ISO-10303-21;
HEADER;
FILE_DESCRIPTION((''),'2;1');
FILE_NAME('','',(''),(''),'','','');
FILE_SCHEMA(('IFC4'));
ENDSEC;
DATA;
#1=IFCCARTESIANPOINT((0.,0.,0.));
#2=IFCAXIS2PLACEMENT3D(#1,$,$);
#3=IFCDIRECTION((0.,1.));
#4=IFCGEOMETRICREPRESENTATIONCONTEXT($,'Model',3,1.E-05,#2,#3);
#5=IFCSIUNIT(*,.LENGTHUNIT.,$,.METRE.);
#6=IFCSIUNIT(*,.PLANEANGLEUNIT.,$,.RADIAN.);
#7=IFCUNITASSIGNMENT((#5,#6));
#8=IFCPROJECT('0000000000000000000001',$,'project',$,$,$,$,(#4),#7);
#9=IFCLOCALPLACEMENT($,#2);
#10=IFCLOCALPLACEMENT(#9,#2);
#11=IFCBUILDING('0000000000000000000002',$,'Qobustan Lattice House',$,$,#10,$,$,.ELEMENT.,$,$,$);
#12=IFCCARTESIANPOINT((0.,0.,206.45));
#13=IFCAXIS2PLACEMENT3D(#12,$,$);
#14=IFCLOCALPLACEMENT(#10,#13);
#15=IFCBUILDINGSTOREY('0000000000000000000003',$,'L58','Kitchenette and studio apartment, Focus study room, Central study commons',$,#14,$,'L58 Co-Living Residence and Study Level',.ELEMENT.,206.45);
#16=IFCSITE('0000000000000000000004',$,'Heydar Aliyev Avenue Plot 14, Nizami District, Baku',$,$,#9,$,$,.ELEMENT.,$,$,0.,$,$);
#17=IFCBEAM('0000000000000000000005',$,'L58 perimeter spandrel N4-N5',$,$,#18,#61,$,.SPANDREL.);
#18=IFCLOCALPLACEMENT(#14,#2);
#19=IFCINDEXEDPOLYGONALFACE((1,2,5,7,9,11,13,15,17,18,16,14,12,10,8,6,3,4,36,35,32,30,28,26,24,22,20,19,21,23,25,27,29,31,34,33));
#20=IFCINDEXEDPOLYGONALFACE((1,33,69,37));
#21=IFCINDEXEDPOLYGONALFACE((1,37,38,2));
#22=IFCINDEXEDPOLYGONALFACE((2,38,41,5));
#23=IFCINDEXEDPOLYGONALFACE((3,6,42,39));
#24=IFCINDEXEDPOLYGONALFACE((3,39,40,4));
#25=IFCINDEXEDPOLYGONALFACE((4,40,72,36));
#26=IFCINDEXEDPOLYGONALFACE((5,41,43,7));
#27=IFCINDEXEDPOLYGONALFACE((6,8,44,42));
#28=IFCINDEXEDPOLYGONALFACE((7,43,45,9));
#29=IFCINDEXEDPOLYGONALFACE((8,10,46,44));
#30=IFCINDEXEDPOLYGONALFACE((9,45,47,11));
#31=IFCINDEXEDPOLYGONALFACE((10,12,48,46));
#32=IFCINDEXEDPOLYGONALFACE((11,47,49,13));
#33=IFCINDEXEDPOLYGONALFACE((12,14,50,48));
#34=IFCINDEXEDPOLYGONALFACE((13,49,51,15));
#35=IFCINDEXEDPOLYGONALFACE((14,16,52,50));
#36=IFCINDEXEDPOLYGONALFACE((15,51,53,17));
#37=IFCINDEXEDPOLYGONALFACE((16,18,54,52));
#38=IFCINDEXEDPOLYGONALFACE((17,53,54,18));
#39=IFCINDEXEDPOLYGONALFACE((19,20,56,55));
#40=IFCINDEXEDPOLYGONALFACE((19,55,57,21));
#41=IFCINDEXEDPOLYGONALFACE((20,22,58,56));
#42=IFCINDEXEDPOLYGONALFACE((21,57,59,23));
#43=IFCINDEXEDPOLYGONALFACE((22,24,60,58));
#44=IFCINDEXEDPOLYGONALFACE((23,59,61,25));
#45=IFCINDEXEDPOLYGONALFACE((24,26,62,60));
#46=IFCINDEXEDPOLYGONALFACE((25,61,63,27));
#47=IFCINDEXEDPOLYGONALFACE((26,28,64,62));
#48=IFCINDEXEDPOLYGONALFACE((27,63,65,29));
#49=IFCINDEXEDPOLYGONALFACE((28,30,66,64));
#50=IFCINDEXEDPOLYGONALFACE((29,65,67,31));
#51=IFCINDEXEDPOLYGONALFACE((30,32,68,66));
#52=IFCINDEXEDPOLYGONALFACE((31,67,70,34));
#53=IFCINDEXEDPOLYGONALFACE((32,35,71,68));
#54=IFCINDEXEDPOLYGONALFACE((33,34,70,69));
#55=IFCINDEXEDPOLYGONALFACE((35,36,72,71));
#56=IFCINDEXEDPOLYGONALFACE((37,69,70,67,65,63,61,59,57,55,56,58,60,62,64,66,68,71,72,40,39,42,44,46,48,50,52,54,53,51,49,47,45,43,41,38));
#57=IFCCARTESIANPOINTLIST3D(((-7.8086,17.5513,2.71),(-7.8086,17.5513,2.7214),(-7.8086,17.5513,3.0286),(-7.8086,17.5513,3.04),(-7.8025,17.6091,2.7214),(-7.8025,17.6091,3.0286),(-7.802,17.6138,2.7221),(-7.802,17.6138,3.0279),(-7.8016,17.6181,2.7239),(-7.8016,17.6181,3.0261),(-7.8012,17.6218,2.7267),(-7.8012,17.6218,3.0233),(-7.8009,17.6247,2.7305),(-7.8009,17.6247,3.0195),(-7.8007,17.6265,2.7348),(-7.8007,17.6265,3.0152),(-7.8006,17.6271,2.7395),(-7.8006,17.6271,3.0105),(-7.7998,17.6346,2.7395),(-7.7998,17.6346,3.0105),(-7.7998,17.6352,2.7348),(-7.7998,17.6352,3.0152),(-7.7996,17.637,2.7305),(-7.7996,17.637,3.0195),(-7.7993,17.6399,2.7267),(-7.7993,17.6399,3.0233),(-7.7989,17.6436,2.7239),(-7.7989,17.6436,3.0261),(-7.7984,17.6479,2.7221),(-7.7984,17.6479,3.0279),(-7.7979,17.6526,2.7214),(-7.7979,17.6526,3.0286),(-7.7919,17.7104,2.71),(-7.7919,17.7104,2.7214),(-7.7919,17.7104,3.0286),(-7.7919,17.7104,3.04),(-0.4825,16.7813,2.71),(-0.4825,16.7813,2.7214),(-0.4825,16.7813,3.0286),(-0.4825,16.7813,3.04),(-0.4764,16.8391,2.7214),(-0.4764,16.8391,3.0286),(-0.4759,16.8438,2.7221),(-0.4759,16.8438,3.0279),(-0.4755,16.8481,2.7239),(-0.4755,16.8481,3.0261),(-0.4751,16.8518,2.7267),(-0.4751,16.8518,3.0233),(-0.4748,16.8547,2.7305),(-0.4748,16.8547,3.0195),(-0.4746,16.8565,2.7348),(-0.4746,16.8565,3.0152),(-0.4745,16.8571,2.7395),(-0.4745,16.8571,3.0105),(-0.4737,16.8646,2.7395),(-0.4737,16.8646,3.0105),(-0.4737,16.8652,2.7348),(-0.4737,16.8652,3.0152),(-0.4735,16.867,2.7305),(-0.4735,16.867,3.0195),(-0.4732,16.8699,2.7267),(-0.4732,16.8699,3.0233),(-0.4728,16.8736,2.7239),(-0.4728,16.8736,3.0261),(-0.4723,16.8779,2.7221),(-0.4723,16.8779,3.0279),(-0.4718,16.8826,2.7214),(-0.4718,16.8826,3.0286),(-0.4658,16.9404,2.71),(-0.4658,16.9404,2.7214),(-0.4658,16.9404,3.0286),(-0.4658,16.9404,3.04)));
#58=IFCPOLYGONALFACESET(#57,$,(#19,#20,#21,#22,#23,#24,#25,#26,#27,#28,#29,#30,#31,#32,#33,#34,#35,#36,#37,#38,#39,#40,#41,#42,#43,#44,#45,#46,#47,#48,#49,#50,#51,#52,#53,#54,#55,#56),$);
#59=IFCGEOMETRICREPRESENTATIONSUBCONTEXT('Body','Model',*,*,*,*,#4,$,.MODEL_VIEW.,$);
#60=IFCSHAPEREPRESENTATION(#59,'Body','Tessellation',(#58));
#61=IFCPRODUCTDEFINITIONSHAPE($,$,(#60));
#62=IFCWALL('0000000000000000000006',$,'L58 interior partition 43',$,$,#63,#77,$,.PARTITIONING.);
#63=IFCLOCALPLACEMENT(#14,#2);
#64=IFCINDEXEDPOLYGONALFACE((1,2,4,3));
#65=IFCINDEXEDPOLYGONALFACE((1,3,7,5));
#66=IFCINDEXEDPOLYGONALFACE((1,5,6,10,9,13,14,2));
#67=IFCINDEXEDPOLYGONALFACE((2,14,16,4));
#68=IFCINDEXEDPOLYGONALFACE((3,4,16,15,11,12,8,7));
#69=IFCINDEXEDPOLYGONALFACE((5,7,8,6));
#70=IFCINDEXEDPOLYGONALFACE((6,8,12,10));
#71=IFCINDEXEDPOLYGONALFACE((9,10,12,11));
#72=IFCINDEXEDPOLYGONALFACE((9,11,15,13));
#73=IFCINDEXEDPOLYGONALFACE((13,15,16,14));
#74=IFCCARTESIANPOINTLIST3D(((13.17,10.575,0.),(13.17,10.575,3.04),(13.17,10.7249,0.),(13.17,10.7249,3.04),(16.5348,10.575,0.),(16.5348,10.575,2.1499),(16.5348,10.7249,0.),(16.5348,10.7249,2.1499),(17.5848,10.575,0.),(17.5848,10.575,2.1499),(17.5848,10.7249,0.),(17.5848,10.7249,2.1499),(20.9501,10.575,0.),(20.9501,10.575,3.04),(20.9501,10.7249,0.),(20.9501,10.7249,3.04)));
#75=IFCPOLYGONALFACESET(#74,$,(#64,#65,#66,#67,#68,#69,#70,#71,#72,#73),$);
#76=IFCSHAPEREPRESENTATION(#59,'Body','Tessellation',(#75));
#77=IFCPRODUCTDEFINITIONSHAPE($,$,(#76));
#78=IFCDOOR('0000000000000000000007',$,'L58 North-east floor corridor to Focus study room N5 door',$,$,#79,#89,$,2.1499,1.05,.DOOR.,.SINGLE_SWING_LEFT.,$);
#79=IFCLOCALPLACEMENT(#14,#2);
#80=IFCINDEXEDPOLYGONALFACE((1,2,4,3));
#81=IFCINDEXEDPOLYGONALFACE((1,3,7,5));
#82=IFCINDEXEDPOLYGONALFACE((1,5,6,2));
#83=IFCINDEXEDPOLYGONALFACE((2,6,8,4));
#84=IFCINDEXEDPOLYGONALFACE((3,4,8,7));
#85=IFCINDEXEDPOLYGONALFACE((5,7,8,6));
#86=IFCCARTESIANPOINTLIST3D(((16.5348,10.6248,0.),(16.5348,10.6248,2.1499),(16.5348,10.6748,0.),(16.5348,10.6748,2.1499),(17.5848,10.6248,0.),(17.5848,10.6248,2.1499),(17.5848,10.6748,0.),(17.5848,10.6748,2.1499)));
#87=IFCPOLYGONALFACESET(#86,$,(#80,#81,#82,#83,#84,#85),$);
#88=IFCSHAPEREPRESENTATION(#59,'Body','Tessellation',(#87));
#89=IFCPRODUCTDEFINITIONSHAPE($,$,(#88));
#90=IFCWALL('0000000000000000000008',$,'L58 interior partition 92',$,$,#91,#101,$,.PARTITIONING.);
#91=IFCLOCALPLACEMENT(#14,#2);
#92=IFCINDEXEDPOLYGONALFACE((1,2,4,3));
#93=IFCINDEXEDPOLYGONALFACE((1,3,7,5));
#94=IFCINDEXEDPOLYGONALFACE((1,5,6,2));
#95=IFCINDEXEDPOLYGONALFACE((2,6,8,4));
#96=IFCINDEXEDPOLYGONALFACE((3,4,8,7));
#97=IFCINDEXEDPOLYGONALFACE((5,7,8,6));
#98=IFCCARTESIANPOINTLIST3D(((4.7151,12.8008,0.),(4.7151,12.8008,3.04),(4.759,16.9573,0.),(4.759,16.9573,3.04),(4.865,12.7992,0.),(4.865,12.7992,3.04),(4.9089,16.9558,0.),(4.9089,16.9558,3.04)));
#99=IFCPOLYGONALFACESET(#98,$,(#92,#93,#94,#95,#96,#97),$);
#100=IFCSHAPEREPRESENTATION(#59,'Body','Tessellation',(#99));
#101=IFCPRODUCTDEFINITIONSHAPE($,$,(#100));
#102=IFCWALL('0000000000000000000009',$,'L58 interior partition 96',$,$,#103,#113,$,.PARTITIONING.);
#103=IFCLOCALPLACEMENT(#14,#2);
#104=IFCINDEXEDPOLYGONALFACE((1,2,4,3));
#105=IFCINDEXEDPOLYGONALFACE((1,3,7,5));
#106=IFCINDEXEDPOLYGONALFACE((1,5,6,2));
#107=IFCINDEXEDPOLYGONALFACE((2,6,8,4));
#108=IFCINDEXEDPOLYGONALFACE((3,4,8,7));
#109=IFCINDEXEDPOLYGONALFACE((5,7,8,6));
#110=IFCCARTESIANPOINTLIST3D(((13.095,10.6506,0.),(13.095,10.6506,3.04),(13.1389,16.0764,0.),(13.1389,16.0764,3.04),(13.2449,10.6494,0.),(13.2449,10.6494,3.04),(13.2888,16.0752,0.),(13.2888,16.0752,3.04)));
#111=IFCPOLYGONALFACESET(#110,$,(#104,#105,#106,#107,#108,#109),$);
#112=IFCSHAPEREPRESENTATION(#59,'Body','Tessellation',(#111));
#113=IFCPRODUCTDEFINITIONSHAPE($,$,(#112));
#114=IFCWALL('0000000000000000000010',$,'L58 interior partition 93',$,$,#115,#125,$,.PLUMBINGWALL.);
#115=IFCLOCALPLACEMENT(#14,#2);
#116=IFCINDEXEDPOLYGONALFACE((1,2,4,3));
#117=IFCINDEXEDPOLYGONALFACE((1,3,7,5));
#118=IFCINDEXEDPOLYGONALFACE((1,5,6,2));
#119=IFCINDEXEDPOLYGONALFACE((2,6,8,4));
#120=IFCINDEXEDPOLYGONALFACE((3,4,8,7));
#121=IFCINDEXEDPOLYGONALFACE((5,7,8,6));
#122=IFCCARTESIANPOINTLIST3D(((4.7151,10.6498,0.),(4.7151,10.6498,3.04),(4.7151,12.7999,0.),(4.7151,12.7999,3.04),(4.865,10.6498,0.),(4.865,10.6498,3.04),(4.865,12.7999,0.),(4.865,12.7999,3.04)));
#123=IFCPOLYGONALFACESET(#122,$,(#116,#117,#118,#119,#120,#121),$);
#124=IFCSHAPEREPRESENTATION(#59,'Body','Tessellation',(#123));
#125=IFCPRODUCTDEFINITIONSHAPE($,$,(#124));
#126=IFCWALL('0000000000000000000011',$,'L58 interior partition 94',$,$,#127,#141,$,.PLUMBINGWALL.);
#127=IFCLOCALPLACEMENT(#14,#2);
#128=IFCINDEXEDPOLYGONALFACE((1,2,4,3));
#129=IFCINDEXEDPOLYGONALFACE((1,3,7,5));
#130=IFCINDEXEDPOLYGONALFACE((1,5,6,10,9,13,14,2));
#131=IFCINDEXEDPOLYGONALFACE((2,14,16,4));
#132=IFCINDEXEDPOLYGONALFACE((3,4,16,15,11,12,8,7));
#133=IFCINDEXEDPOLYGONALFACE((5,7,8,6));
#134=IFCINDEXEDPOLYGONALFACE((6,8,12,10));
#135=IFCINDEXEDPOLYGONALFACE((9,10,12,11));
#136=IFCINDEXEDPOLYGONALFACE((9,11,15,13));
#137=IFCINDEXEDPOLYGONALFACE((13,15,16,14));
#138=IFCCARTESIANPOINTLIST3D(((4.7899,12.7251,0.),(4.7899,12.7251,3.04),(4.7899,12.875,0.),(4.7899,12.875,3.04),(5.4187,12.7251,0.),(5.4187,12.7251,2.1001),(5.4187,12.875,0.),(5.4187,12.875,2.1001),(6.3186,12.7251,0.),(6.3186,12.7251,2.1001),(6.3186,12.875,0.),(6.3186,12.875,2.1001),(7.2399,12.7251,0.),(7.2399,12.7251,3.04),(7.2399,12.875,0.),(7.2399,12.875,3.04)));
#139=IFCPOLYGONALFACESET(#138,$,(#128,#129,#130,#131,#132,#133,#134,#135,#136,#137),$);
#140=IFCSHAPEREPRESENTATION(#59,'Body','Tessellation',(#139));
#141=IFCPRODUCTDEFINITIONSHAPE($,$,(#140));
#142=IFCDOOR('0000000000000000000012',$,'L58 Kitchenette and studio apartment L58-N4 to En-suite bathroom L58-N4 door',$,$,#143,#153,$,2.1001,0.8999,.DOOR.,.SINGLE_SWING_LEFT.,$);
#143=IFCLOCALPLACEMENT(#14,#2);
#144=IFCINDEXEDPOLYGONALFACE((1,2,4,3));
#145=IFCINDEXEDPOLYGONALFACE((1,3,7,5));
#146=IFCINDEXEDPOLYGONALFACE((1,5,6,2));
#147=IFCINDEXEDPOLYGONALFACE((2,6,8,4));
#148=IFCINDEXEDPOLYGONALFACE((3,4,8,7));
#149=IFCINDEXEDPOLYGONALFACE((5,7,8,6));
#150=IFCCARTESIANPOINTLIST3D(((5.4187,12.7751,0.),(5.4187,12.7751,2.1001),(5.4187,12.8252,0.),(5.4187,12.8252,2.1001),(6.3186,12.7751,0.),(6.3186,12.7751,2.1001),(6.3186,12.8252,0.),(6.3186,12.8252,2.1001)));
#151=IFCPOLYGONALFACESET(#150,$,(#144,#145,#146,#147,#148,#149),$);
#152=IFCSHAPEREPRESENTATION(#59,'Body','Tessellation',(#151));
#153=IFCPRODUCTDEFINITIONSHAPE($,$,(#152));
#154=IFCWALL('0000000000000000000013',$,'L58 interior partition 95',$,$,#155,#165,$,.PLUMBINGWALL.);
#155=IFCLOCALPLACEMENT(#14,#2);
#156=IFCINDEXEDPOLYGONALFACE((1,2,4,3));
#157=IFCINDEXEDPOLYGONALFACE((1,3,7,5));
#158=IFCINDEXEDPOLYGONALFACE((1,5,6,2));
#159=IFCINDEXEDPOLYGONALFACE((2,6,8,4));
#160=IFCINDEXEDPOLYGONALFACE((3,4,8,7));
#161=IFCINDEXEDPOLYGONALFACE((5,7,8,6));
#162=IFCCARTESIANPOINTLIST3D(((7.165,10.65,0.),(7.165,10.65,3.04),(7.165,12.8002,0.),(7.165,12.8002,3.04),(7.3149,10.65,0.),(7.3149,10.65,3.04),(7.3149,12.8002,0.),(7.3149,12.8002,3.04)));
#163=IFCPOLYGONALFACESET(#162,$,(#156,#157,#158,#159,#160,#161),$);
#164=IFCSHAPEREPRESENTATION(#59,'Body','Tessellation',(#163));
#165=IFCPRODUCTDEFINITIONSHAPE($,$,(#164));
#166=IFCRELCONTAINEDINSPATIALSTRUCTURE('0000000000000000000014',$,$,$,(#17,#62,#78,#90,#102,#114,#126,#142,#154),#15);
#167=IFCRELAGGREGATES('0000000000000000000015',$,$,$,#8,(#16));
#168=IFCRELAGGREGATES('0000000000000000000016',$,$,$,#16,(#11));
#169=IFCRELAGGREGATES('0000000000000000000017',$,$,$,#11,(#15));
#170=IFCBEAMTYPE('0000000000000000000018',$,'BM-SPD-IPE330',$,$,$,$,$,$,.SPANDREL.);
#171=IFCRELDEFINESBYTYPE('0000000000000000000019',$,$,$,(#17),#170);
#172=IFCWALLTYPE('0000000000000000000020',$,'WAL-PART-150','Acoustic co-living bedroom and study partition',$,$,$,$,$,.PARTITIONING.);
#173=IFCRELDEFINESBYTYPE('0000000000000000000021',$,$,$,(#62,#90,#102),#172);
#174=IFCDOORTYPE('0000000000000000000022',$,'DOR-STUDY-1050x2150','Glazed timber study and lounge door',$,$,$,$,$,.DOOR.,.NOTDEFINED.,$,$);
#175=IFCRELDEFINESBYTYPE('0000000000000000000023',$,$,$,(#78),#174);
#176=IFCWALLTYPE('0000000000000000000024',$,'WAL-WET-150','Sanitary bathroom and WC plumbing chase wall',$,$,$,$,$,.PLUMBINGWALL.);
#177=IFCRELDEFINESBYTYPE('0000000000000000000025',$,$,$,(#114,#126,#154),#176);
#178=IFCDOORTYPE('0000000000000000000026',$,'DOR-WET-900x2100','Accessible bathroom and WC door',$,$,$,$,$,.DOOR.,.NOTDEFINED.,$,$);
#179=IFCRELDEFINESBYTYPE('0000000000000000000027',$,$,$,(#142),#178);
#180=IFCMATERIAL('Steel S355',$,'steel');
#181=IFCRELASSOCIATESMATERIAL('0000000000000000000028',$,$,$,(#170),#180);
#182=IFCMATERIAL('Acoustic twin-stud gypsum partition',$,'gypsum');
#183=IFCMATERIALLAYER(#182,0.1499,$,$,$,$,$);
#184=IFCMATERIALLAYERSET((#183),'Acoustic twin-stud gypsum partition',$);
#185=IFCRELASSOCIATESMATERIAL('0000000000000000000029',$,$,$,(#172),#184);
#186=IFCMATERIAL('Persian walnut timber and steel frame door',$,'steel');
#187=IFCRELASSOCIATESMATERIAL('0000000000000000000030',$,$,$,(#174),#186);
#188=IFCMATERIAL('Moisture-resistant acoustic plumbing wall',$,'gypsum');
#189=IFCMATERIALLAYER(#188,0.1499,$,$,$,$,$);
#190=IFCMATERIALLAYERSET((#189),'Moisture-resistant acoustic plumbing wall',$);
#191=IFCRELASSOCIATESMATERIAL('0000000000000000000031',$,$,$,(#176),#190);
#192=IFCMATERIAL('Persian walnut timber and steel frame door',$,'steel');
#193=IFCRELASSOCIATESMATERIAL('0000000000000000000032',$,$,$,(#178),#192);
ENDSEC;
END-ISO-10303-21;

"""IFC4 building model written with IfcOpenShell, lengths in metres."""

from ifc_helpers import new_model, si_unit, direction, frame, frame_2d, origin, origin_2d, place, context, subcontext, project, spatial, rectangle, i_section, extrude, material, layer, layer_set, material_profile, profile_set, type_object, element, fill, save


model = new_model("IFC4")

# Units and contexts
model_context = context("Model", 3, precision=1e-05, world=origin(), true_north=direction((0.0, 1.0)))
body_context = subcontext(model_context, "Body", "Model", "MODEL_VIEW")
ifc_project = project(units=[si_unit("LENGTHUNIT", "METRE"), si_unit("PLANEANGLEUNIT", "RADIAN")], contexts=[model_context])

# Site, building, storey
site_placement = place(None, origin())
site = spatial("IfcSite", under=ifc_project, at=site_placement, Name="Heydar Aliyev Avenue Plot 14, Nizami District, Baku", CompositionType="ELEMENT", RefElevation=0.0)
building_placement = place(site_placement, origin())
building = spatial("IfcBuilding", under=site, at=building_placement, Name="Qobustan Lattice House", CompositionType="ELEMENT")
storey_placement = place(building_placement, frame((0.0, 0.0, 206.45)))
storey = spatial("IfcBuildingStorey", under=building, at=storey_placement, Name="L58", Description="Kitchenette and studio apartment, Focus study room, Central study commons", LongName="L58 Co-Living Residence and Study Level", CompositionType="ELEMENT", Elevation=206.45)

# Beam
ifc_material_1 = material(Name="Steel S355", Category="steel")
ifc_material_profile_1 = material_profile(ifc_material_1, i_section(OverallWidth=0.1599, OverallDepth=0.3301, WebThickness=0.0076, FlangeThickness=0.0115, FilletRadius=0.0181, at=origin_2d()), Name="IPE330")
ifc_profile_set_1 = profile_set([ifc_material_profile_1], Name="Steel S355")
beam_type_1 = type_object("IfcBeamType", Name="BM-SPD-IPE330", PredefinedType="SPANDREL", material=ifc_profile_set_1)
beam_1_placement = place(storey_placement, frame((-0.4741, 16.8608, 2.875), z_axis=(-0.994522, 0.10453, 0.0), x_axis=(-0.10453, -0.994522, 0.0)))
element("IfcBeam", 1, at=beam_1_placement, inside=storey, type_object=beam_type_1, Name="L58 perimeter spandrel N4-N5", PredefinedType="SPANDREL", context=body_context, shape_type="SweptSolid", body=[
    extrude(i_section(OverallWidth=0.1599, OverallDepth=0.3301, WebThickness=0.0076, FlangeThickness=0.0115, FilletRadius=0.0181, at=origin_2d()), origin(), (0.0, 0.0, 1.0), 7.3665),
])

# Wall, opening, door
ifc_material_2 = material(Name="Acoustic twin-stud gypsum partition", Category="gypsum")
ifc_layer_1 = layer(ifc_material_2, 0.1499)
ifc_layer_set_1 = layer_set([ifc_layer_1], Name="Acoustic twin-stud gypsum partition")
wall_type_1 = type_object("IfcWallType", Name="WAL-PART-150", Description="Acoustic co-living bedroom and study partition", PredefinedType="PARTITIONING", material=ifc_layer_set_1)
wall_1_placement = place(storey_placement, frame((13.1699, 10.6499, 0.0), z_axis=(0.0, 0.0, 1.0), x_axis=(1.0, 0.0, 0.0)))
wall_1 = element("IfcWall", 2, at=wall_1_placement, inside=storey, type_object=wall_type_1, Name="L58 interior partition 43", PredefinedType="PARTITIONING", context=body_context, shape_type="SweptSolid", body=[
    extrude(rectangle(XDim=7.78, YDim=0.1499, at=frame_2d((3.8901, 0.0))), origin(), (0.0, 0.0, 1.0), 3.04),
])
opening_1_placement = place(wall_1_placement, frame((3.365, 0.0, 0.0)))
opening_1 = element("IfcOpeningElement", 3, at=opening_1_placement, cuts=wall_1, PredefinedType="OPENING", context=body_context, shape_type="SweptSolid", body=[
    extrude(rectangle(XDim=1.05, YDim=2.1499, at=frame_2d((0.5249, 1.075))), frame((0.0, 0.085, 0.0), z_axis=(0.0, -1.0, 0.0), x_axis=(1.0, 0.0, 0.0)), (0.0, 0.0, 1.0), 0.1699),
])
ifc_material_3 = material(Name="Persian walnut timber and steel frame door", Category="steel")
door_type_1 = type_object("IfcDoorType", Name="DOR-STUDY-1050x2150", Description="Glazed timber study and lounge door", OperationType="NOTDEFINED", PredefinedType="DOOR", material=ifc_material_3)
door_1_placement = place(opening_1_placement, origin())
door_1 = element("IfcDoor", 4, at=door_1_placement, inside=storey, type_object=door_type_1, Name="L58 North-east floor corridor to Focus study room N5 door", OperationType="SINGLE_SWING_LEFT", OverallHeight=2.1499, OverallWidth=1.05, PredefinedType="DOOR", context=body_context, shape_type="SweptSolid", body=[
    extrude(rectangle(XDim=1.05, YDim=2.1499, at=frame_2d((0.5249, 1.075))), frame((0.0, 0.0249, 0.0), z_axis=(0.0, -1.0, 0.0), x_axis=(1.0, 0.0, 0.0)), (0.0, 0.0, 1.0), 0.05),
])
fill(opening_1, door_1)

# Walls
wall_2_placement = place(storey_placement, frame((4.834, 16.9565, 0.0), z_axis=(0.0, 0.0, 1.0), x_axis=(-0.010572, -0.999944, 0.0)))
element("IfcWall", 5, at=wall_2_placement, inside=storey, type_object=wall_type_1, Name="L58 interior partition 92", PredefinedType="PARTITIONING", context=body_context, shape_type="SweptSolid", body=[
    extrude(rectangle(XDim=4.1567, YDim=0.1499, at=frame_2d((2.0784, 0.0))), origin(), (0.0, 0.0, 1.0), 3.04),
])
wall_3_placement = place(storey_placement, frame((13.2139, 16.0757, 0.0), z_axis=(0.0, 0.0, 1.0), x_axis=(-0.008099, -0.999967, 0.0)))
element("IfcWall", 6, at=wall_3_placement, inside=storey, type_object=wall_type_1, Name="L58 interior partition 96", PredefinedType="PARTITIONING", context=body_context, shape_type="SweptSolid", body=[
    extrude(rectangle(XDim=5.426, YDim=0.1499, at=frame_2d((2.7129, 0.0))), origin(), (0.0, 0.0, 1.0), 3.04),
])
ifc_material_4 = material(Name="Moisture-resistant acoustic plumbing wall", Category="gypsum")
ifc_layer_2 = layer(ifc_material_4, 0.1499)
ifc_layer_set_2 = layer_set([ifc_layer_2], Name="Moisture-resistant acoustic plumbing wall")
wall_type_2 = type_object("IfcWallType", Name="WAL-WET-150", Description="Sanitary bathroom and WC plumbing chase wall", PredefinedType="PLUMBINGWALL", material=ifc_layer_set_2)
wall_4_placement = place(storey_placement, frame((4.79, 12.8, 0.0), z_axis=(0.0, 0.0, 1.0), x_axis=(0.0, -1.0, 0.0)))
element("IfcWall", 7, at=wall_4_placement, inside=storey, type_object=wall_type_2, Name="L58 interior partition 93", PredefinedType="PLUMBINGWALL", context=body_context, shape_type="SweptSolid", body=[
    extrude(rectangle(XDim=2.1501, YDim=0.1499, at=frame_2d((1.0752, 0.0))), origin(), (0.0, 0.0, 1.0), 3.04),
])

# Wall, opening, door
wall_5_placement = place(storey_placement, frame((7.24, 12.8, 0.0), z_axis=(0.0, 0.0, 1.0), x_axis=(-1.0, 0.0, 0.0)))
wall_5 = element("IfcWall", 8, at=wall_5_placement, inside=storey, type_object=wall_type_2, Name="L58 interior partition 94", PredefinedType="PLUMBINGWALL", context=body_context, shape_type="SweptSolid", body=[
    extrude(rectangle(XDim=2.45, YDim=0.1499, at=frame_2d((1.2251, 0.0))), origin(), (0.0, 0.0, 1.0), 3.04),
])
opening_2_placement = place(wall_5_placement, frame((0.9214, 0.0, 0.0)))
opening_2 = element("IfcOpeningElement", 9, at=opening_2_placement, cuts=wall_5, PredefinedType="OPENING", context=body_context, shape_type="SweptSolid", body=[
    extrude(rectangle(XDim=0.8999, YDim=2.1001, at=frame_2d((0.45, 1.05))), frame((0.0, 0.085, 0.0), z_axis=(0.0, -1.0, 0.0), x_axis=(1.0, 0.0, 0.0)), (0.0, 0.0, 1.0), 0.1699),
])
ifc_material_5 = material(Name="Persian walnut timber and steel frame door", Category="steel")
door_type_2 = type_object("IfcDoorType", Name="DOR-WET-900x2100", Description="Accessible bathroom and WC door", OperationType="NOTDEFINED", PredefinedType="DOOR", material=ifc_material_5)
door_2_placement = place(opening_2_placement, origin())
door_2 = element("IfcDoor", 10, at=door_2_placement, inside=storey, type_object=door_type_2, Name="L58 Kitchenette and studio apartment L58-N4 to En-suite bathroom L58-N4 door", OperationType="SINGLE_SWING_LEFT", OverallHeight=2.1001, OverallWidth=0.8999, PredefinedType="DOOR", context=body_context, shape_type="SweptSolid", body=[
    extrude(rectangle(XDim=0.8999, YDim=2.1001, at=frame_2d((0.45, 1.05))), frame((0.0, 0.0249, 0.0), z_axis=(0.0, -1.0, 0.0), x_axis=(1.0, 0.0, 0.0)), (0.0, 0.0, 1.0), 0.05),
])
fill(opening_2, door_2)

# Wall
wall_6_placement = place(storey_placement, frame((7.24, 10.6499, 0.0), z_axis=(0.0, 0.0, 1.0), x_axis=(0.0, 1.0, 0.0)))
element("IfcWall", 11, at=wall_6_placement, inside=storey, type_object=wall_type_2, Name="L58 interior partition 95", PredefinedType="PLUMBINGWALL", context=body_context, shape_type="SweptSolid", body=[
    extrude(rectangle(XDim=2.1501, YDim=0.1499, at=frame_2d((1.0752, 0.0))), origin(), (0.0, 0.0, 1.0), 3.04),
])

save(model, "model.ifc")
